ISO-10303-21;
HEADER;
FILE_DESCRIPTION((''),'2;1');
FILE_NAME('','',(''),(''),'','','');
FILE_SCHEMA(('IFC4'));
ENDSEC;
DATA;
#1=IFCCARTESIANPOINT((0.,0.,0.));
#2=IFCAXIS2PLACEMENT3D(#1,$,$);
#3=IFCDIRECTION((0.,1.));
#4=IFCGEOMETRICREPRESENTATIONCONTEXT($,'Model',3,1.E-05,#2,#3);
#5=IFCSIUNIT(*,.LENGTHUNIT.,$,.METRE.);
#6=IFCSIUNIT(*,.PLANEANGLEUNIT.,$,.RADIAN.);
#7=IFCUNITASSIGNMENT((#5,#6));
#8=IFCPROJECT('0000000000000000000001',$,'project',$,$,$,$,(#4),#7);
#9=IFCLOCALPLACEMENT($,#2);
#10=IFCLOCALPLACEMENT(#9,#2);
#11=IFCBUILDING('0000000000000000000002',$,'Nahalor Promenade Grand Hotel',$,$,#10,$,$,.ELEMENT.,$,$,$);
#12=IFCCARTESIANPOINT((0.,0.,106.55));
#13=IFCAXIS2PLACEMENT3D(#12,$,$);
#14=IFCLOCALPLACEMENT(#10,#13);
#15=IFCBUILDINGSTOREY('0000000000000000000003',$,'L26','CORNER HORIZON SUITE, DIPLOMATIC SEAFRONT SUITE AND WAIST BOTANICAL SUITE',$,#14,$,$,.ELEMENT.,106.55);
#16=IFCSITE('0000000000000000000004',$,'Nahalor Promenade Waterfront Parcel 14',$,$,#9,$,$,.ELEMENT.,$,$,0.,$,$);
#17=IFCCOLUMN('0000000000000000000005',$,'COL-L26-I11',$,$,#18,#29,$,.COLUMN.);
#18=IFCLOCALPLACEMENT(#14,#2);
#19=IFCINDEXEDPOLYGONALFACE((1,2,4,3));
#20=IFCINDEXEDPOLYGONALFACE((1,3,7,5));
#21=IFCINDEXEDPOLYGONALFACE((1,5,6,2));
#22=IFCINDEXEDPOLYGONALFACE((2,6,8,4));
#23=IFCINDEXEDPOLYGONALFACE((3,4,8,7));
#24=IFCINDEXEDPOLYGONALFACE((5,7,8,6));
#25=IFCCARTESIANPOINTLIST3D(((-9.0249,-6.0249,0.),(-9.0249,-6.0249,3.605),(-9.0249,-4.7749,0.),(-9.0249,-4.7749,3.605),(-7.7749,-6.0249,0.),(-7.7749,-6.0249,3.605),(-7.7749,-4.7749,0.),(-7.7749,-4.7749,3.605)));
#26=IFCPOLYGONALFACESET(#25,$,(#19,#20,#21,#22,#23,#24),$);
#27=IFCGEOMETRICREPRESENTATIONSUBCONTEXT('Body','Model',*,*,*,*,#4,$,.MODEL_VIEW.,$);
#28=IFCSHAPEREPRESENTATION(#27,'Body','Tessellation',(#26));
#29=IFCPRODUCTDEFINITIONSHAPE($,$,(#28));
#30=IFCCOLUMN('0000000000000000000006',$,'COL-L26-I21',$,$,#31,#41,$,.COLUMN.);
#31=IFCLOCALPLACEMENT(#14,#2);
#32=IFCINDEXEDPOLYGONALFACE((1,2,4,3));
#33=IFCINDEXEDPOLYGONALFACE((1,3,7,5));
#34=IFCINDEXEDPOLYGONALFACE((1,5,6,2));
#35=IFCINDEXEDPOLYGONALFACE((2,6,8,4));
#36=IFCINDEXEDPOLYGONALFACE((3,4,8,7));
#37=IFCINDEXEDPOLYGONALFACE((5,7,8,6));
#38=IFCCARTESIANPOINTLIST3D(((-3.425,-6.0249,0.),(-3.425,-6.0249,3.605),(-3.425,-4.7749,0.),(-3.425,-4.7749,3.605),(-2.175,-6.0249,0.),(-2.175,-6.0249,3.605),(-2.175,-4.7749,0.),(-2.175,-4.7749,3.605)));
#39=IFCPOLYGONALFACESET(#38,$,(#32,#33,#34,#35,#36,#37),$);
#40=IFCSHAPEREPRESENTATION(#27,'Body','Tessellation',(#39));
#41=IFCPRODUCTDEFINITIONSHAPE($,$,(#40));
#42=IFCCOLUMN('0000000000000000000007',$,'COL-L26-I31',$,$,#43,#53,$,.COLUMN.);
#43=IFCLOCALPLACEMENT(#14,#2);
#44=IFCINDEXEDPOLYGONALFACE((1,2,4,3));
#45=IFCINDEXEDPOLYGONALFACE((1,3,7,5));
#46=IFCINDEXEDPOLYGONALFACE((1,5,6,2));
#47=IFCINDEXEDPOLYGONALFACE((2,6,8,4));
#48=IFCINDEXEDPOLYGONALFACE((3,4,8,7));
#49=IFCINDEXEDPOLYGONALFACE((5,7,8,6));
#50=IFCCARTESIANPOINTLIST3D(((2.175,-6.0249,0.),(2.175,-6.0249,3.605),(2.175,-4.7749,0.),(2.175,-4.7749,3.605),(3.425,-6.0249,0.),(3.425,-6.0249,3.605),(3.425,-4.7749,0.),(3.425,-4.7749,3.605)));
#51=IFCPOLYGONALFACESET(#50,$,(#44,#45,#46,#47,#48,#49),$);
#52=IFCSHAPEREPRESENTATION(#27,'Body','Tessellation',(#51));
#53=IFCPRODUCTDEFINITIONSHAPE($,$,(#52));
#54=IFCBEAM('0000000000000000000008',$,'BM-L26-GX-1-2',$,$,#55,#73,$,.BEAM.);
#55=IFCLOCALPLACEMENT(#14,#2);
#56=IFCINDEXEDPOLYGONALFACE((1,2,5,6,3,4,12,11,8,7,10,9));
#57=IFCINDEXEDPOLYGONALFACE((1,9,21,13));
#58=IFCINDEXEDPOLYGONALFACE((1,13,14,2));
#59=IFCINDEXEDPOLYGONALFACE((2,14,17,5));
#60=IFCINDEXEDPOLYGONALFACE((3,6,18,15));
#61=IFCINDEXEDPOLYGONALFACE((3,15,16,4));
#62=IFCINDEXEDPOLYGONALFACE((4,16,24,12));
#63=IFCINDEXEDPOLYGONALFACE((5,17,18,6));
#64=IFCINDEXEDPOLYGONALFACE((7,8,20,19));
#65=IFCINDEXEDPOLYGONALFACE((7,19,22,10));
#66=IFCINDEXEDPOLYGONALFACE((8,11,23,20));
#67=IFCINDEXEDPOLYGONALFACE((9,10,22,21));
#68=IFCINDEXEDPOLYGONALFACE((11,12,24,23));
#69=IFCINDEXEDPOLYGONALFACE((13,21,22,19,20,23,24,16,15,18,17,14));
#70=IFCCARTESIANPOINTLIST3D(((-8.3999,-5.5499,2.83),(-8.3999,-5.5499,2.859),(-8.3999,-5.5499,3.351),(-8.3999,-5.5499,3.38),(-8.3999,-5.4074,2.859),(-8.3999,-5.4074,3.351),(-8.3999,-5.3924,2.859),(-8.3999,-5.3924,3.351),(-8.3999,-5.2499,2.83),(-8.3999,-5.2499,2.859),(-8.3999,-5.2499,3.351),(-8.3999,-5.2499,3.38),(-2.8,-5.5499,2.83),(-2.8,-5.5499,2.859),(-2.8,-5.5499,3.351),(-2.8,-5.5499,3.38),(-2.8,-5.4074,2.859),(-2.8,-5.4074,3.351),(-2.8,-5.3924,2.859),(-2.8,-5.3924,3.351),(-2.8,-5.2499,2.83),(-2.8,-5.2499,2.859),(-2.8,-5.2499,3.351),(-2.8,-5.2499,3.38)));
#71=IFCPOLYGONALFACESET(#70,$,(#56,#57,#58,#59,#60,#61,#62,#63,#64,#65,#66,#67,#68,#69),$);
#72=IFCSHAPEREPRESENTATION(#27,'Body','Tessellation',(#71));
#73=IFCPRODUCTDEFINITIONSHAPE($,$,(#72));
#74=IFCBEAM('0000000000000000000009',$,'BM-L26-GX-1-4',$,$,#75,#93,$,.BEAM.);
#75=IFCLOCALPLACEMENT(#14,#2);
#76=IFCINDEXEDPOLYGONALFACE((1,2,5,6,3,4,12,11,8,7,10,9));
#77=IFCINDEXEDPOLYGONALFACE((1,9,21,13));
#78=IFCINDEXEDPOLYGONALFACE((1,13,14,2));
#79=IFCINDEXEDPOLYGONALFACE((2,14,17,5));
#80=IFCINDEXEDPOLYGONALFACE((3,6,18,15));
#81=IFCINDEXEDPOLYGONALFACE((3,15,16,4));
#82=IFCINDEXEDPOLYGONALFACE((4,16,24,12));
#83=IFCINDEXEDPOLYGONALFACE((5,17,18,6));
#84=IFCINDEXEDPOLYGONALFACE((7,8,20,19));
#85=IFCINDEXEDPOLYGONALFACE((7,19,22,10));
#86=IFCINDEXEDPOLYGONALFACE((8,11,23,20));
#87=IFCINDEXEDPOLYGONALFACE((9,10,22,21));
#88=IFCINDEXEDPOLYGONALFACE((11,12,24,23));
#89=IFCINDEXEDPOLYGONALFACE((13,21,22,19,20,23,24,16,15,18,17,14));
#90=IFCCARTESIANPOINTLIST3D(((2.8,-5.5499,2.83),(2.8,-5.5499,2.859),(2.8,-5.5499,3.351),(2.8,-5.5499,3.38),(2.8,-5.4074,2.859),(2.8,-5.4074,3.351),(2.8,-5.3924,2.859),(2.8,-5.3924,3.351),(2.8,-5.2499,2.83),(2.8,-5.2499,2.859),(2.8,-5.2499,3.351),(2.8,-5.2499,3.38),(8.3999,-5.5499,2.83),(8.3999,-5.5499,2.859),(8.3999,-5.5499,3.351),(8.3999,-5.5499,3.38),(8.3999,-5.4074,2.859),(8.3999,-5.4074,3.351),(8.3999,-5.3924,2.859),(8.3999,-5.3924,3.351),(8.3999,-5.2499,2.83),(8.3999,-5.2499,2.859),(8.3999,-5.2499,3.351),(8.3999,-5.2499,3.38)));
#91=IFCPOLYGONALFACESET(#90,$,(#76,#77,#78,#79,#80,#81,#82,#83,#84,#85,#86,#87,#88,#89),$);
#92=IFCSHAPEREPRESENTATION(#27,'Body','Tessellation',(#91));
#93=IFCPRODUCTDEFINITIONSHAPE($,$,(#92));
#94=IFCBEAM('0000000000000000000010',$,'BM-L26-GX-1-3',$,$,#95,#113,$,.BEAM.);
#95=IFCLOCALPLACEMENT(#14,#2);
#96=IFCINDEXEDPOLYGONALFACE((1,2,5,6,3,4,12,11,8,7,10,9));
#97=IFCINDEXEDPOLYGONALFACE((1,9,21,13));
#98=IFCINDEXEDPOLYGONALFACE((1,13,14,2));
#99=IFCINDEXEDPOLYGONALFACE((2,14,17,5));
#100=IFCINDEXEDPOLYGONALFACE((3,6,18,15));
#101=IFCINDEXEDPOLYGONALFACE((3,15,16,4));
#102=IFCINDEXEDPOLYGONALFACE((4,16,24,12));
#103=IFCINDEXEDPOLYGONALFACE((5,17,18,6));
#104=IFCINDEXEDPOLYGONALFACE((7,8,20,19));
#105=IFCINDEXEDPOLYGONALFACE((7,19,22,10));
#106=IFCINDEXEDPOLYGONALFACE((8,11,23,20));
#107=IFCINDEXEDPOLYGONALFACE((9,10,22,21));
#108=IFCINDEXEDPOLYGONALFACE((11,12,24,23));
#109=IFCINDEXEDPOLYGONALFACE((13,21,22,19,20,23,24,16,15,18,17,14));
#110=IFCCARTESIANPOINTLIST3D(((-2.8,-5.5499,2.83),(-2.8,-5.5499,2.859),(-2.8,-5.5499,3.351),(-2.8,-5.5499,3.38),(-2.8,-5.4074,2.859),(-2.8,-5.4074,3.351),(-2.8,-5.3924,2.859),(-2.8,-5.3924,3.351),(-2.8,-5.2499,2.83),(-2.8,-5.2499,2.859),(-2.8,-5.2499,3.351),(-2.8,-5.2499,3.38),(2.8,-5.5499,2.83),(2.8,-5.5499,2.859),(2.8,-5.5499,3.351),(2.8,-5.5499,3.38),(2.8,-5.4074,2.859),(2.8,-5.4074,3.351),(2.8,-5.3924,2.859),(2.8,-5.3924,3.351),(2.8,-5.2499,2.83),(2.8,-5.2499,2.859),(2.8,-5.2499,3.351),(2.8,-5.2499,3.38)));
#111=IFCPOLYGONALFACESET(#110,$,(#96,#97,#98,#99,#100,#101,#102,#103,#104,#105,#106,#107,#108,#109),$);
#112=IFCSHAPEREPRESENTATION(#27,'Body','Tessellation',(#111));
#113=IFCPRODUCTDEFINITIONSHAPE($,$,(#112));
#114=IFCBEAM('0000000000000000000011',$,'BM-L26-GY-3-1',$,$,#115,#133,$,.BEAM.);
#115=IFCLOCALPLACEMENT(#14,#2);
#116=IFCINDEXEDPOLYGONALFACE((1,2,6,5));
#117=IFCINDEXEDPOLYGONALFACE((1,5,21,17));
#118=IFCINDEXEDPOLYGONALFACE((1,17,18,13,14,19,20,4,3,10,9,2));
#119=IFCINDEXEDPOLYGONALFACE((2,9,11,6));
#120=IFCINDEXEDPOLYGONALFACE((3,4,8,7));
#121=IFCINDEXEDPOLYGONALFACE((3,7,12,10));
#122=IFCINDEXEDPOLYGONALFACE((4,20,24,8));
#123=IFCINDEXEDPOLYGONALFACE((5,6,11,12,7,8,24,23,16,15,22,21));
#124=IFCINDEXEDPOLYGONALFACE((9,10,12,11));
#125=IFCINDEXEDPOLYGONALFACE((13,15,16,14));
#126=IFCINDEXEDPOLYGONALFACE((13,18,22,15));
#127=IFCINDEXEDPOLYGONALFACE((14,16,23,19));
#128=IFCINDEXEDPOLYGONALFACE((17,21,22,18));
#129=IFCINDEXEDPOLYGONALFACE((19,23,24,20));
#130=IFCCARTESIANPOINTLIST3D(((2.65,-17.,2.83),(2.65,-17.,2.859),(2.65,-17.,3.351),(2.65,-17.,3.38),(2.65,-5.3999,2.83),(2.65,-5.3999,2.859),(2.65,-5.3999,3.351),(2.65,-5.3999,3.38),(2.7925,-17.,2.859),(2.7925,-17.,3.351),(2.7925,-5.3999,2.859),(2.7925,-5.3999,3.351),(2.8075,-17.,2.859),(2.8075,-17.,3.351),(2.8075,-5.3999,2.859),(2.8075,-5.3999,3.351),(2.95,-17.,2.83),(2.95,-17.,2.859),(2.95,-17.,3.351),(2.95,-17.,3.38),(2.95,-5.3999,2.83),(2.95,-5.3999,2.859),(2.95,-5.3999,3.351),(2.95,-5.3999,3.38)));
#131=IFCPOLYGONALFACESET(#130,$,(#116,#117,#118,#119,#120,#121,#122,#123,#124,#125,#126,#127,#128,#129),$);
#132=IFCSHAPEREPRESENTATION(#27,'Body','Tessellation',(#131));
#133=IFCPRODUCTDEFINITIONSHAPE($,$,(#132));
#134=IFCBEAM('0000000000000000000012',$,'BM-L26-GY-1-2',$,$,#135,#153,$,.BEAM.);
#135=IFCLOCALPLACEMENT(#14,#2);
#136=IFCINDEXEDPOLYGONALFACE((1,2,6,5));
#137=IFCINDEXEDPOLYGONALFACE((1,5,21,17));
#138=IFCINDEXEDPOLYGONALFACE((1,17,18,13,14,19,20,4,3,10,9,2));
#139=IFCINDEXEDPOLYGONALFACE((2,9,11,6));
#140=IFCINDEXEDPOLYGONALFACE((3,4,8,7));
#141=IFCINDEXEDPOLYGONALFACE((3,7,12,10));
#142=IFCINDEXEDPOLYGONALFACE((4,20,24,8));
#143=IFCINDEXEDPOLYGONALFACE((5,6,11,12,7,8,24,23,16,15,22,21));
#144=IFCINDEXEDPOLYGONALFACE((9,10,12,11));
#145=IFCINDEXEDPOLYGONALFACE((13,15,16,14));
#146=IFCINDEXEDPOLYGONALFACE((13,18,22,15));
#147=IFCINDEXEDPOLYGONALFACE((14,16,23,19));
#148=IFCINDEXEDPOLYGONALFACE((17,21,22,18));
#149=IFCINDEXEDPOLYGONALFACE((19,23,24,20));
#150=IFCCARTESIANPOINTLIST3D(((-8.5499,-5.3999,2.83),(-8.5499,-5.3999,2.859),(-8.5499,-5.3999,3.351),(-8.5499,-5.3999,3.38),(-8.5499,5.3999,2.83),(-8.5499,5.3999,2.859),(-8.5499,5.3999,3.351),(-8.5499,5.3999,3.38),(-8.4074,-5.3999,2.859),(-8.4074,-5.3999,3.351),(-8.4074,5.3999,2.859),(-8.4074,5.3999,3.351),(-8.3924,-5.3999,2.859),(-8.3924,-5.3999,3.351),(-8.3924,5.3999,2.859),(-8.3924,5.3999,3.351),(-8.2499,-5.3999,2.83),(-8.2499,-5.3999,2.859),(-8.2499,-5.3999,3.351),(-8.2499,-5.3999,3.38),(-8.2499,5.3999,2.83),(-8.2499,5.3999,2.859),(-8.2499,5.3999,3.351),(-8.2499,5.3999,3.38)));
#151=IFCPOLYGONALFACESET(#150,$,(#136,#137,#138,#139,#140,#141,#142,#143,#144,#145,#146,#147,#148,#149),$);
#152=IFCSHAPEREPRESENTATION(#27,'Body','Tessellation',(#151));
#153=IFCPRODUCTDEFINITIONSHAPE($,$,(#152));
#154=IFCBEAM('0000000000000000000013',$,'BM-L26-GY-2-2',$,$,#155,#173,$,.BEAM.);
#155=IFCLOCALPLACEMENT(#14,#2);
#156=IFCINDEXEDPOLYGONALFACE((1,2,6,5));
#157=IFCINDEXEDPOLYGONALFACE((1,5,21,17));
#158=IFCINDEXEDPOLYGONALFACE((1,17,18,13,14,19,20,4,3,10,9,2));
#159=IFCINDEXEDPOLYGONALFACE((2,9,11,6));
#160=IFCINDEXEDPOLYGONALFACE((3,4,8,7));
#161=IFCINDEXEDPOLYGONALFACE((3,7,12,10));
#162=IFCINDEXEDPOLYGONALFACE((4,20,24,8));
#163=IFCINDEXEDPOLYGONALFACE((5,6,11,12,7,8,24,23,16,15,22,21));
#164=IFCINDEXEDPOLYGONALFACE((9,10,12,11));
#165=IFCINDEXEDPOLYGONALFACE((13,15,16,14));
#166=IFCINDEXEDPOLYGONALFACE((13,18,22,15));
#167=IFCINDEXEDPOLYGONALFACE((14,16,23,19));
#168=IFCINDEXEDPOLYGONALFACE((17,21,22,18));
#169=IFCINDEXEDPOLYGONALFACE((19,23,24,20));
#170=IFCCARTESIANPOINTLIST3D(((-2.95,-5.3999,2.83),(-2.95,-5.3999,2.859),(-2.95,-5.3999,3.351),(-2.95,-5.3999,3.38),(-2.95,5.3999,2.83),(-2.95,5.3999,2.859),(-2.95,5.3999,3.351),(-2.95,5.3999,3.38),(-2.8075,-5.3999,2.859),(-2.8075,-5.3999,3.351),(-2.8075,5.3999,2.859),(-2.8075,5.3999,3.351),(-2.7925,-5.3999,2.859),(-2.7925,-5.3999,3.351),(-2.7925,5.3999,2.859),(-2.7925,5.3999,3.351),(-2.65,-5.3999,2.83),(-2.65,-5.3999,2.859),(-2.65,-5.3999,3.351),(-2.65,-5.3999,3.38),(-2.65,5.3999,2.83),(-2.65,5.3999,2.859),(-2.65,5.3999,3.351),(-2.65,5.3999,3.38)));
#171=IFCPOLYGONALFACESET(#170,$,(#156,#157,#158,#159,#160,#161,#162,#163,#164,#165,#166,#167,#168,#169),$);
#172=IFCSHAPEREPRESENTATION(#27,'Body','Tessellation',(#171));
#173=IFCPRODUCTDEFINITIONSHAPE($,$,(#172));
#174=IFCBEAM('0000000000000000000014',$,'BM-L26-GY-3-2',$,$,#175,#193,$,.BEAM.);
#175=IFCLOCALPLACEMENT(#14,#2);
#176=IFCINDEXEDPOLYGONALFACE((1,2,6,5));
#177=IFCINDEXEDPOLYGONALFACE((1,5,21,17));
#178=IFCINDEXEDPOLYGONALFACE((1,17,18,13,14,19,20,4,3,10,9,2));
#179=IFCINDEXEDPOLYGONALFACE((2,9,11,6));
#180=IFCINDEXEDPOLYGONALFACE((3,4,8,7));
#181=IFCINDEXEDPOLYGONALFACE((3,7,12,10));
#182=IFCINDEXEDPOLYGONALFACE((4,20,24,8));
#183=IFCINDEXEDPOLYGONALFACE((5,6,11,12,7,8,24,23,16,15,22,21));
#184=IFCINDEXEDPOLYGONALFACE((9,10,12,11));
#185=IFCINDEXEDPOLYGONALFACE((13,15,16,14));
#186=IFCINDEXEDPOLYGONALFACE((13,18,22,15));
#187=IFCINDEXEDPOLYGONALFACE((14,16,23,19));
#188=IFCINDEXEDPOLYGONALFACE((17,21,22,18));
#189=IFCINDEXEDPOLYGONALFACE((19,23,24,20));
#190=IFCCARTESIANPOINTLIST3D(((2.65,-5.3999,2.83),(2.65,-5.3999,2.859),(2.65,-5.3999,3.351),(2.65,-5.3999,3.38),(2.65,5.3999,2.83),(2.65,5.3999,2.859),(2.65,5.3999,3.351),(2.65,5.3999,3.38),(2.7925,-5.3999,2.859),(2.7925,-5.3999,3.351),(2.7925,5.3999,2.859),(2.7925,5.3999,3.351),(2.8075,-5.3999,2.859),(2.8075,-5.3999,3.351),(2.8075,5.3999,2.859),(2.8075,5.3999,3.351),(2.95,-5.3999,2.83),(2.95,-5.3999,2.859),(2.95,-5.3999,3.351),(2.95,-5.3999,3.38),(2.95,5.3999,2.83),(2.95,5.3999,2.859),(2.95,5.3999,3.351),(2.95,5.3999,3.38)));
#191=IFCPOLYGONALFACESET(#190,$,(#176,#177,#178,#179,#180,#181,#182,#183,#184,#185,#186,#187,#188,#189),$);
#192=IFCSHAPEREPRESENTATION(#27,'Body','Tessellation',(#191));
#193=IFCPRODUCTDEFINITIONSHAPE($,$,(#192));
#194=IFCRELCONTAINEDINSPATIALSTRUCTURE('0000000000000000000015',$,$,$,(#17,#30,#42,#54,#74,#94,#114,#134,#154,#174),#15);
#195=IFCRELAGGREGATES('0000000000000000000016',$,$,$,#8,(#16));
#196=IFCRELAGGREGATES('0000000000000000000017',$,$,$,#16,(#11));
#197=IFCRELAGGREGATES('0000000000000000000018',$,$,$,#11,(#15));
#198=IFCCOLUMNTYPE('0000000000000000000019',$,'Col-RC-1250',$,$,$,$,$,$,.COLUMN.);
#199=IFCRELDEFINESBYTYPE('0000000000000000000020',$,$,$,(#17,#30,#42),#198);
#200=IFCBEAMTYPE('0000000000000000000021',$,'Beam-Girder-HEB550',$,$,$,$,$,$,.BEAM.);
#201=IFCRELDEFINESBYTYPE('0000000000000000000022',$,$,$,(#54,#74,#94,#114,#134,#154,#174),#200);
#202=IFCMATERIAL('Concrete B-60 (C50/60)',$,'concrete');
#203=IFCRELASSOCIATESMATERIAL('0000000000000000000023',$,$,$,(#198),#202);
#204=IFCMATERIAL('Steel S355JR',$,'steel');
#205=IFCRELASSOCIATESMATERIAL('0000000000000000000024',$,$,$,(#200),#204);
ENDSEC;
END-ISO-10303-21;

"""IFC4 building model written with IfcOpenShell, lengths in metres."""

from ifc_helpers import new_model, si_unit, direction, frame, origin, origin_2d, place, context, subcontext, project, spatial, rectangle, i_section, extrude, source, transform, mapped, material, material_profile, profile_set, type_object, element, save


model = new_model("IFC4")

# Units and contexts
model_context = context("Model", 3, precision=1e-05, world=origin(), true_north=direction((0.0, 1.0)))
body_context = subcontext(model_context, "Body", "Model", "MODEL_VIEW")
ifc_project = project(units=[si_unit("LENGTHUNIT", "METRE"), si_unit("PLANEANGLEUNIT", "RADIAN")], contexts=[model_context])

# Site, building, storey
site_placement = place(None, origin())
site = spatial("IfcSite", under=ifc_project, at=site_placement, Name="Nahalor Promenade Waterfront Parcel 14", CompositionType="ELEMENT", RefElevation=0.0)
building_placement = place(site_placement, origin())
building = spatial("IfcBuilding", under=site, at=building_placement, Name="Nahalor Promenade Grand Hotel", CompositionType="ELEMENT")
storey_placement = place(building_placement, frame((0.0, 0.0, 106.55)))
storey = spatial("IfcBuildingStorey", under=building, at=storey_placement, Name="L26", Description="CORNER HORIZON SUITE, DIPLOMATIC SEAFRONT SUITE AND WAIST BOTANICAL SUITE", CompositionType="ELEMENT", Elevation=106.55)

# Columns
ifc_material_1 = material(Name="Concrete B-60 (C50/60)", Category="concrete")
ifc_material_profile_1 = material_profile(ifc_material_1, rectangle(XDim=1.25, YDim=1.25, at=origin_2d()), Name="RC 1250x1250")
ifc_profile_set_1 = profile_set([ifc_material_profile_1], Name="Concrete B-60 (C50/60)")
column_type = type_object("IfcColumnType", Name="Col-RC-1250", PredefinedType="COLUMN", material=ifc_profile_set_1)
shared_shape_1 = source(origin(), body_context, "Body", "SweptSolid", [
    extrude(rectangle(XDim=1.25, YDim=1.25, at=origin_2d()), origin(), (0.0, 0.0, 1.0), 3.605),
])
for number, where, z_axis, x_axis, name in (
    (1, (-8.3999, -5.3999, 0.0), (0.0, 0.0, 1.0), (1.0, 0.0, 0.0), "COL-L26-I11"),
    (2, (-2.8, -5.3999, 0.0), (0.0, 0.0, 1.0), (1.0, 0.0, 0.0), "COL-L26-I21"),
    (3, (2.8, -5.3999, 0.0), (0.0, 0.0, 1.0), (1.0, 0.0, 0.0), "COL-L26-I31"),
):
    element("IfcColumn", number, at=place(storey_placement, frame(where, z_axis=z_axis, x_axis=x_axis)), inside=storey, type_object=column_type, Name=name, PredefinedType="COLUMN", context=body_context, shape_type="MappedRepresentation", body=[
        mapped(shared_shape_1, transform((0.0, 0.0, 0.0), scale=1.0)),
    ])

# Beams
ifc_material_2 = material(Name="Steel S355JR", Category="steel")
ifc_material_profile_2 = material_profile(ifc_material_2, i_section(OverallWidth=0.3, OverallDepth=0.55, WebThickness=0.015, FlangeThickness=0.029, at=origin_2d()), Name="HEB 550")
ifc_profile_set_2 = profile_set([ifc_material_profile_2], Name="Steel S355JR")
beam_type = type_object("IfcBeamType", Name="Beam-Girder-HEB550", PredefinedType="BEAM", material=ifc_profile_set_2)
shared_shape_2 = source(origin(), body_context, "Body", "SweptSolid", [
    extrude(i_section(OverallWidth=0.3, OverallDepth=0.55, WebThickness=0.015, FlangeThickness=0.029, at=origin_2d()), origin(), (0.0, 0.0, 1.0), 5.5999),
])
for number, where, z_axis, x_axis, name in (
    (4, (-8.3999, -5.3999, 3.105), (1.0, 0.0, 0.0), (0.0, 1.0, 0.0), "BM-L26-GX-1-2"),
    (5, (2.8, -5.3999, 3.105), (1.0, 0.0, 0.0), (0.0, 1.0, 0.0), "BM-L26-GX-1-4"),
):
    element("IfcBeam", number, at=place(storey_placement, frame(where, z_axis=z_axis, x_axis=x_axis)), inside=storey, type_object=beam_type, Name=name, PredefinedType="BEAM", context=body_context, shape_type="MappedRepresentation", body=[
        mapped(shared_shape_2, transform((0.0, 0.0, 0.0), scale=1.0)),
    ])
shared_shape_3 = source(origin(), body_context, "Body", "SweptSolid", [
    extrude(i_section(OverallWidth=0.3, OverallDepth=0.55, WebThickness=0.015, FlangeThickness=0.029, at=origin_2d()), origin(), (0.0, 0.0, 1.0), 5.6001),
])
beam_1_placement = place(storey_placement, frame((-2.8, -5.3999, 3.105), z_axis=(1.0, 0.0, 0.0), x_axis=(0.0, 1.0, 0.0)))
element("IfcBeam", 6, at=beam_1_placement, inside=storey, type_object=beam_type, Name="BM-L26-GX-1-3", PredefinedType="BEAM", context=body_context, shape_type="MappedRepresentation", body=[
    mapped(shared_shape_3, transform((0.0, 0.0, 0.0), scale=1.0)),
])
shared_shape_4 = source(origin(), body_context, "Body", "SweptSolid", [
    extrude(i_section(OverallWidth=0.3, OverallDepth=0.55, WebThickness=0.015, FlangeThickness=0.029, at=origin_2d()), origin(), (0.0, 0.0, 1.0), 11.6001),
])
beam_2_placement = place(storey_placement, frame((2.8, -17.0, 3.105), z_axis=(0.0, 1.0, 0.0), x_axis=(-1.0, 0.0, 0.0)))
element("IfcBeam", 7, at=beam_2_placement, inside=storey, type_object=beam_type, Name="BM-L26-GY-3-1", PredefinedType="BEAM", context=body_context, shape_type="MappedRepresentation", body=[
    mapped(shared_shape_4, transform((0.0, 0.0, 0.0), scale=1.0)),
])
shared_shape_5 = source(origin(), body_context, "Body", "SweptSolid", [
    extrude(i_section(OverallWidth=0.3, OverallDepth=0.55, WebThickness=0.015, FlangeThickness=0.029, at=origin_2d()), origin(), (0.0, 0.0, 1.0), 10.7998),
])
for number, where, z_axis, x_axis, name in (
    (8, (-8.3999, -5.3999, 3.105), (0.0, 1.0, 0.0), (-1.0, 0.0, 0.0), "BM-L26-GY-1-2"),
    (9, (-2.8, -5.3999, 3.105), (0.0, 1.0, 0.0), (-1.0, 0.0, 0.0), "BM-L26-GY-2-2"),
    (10, (2.8, -5.3999, 3.105), (0.0, 1.0, 0.0), (-1.0, 0.0, 0.0), "BM-L26-GY-3-2"),
):
    element("IfcBeam", number, at=place(storey_placement, frame(where, z_axis=z_axis, x_axis=x_axis)), inside=storey, type_object=beam_type, Name=name, PredefinedType="BEAM", context=body_context, shape_type="MappedRepresentation", body=[
        mapped(shared_shape_5, transform((0.0, 0.0, 0.0), scale=1.0)),
    ])

save(model, "model.ifc")
